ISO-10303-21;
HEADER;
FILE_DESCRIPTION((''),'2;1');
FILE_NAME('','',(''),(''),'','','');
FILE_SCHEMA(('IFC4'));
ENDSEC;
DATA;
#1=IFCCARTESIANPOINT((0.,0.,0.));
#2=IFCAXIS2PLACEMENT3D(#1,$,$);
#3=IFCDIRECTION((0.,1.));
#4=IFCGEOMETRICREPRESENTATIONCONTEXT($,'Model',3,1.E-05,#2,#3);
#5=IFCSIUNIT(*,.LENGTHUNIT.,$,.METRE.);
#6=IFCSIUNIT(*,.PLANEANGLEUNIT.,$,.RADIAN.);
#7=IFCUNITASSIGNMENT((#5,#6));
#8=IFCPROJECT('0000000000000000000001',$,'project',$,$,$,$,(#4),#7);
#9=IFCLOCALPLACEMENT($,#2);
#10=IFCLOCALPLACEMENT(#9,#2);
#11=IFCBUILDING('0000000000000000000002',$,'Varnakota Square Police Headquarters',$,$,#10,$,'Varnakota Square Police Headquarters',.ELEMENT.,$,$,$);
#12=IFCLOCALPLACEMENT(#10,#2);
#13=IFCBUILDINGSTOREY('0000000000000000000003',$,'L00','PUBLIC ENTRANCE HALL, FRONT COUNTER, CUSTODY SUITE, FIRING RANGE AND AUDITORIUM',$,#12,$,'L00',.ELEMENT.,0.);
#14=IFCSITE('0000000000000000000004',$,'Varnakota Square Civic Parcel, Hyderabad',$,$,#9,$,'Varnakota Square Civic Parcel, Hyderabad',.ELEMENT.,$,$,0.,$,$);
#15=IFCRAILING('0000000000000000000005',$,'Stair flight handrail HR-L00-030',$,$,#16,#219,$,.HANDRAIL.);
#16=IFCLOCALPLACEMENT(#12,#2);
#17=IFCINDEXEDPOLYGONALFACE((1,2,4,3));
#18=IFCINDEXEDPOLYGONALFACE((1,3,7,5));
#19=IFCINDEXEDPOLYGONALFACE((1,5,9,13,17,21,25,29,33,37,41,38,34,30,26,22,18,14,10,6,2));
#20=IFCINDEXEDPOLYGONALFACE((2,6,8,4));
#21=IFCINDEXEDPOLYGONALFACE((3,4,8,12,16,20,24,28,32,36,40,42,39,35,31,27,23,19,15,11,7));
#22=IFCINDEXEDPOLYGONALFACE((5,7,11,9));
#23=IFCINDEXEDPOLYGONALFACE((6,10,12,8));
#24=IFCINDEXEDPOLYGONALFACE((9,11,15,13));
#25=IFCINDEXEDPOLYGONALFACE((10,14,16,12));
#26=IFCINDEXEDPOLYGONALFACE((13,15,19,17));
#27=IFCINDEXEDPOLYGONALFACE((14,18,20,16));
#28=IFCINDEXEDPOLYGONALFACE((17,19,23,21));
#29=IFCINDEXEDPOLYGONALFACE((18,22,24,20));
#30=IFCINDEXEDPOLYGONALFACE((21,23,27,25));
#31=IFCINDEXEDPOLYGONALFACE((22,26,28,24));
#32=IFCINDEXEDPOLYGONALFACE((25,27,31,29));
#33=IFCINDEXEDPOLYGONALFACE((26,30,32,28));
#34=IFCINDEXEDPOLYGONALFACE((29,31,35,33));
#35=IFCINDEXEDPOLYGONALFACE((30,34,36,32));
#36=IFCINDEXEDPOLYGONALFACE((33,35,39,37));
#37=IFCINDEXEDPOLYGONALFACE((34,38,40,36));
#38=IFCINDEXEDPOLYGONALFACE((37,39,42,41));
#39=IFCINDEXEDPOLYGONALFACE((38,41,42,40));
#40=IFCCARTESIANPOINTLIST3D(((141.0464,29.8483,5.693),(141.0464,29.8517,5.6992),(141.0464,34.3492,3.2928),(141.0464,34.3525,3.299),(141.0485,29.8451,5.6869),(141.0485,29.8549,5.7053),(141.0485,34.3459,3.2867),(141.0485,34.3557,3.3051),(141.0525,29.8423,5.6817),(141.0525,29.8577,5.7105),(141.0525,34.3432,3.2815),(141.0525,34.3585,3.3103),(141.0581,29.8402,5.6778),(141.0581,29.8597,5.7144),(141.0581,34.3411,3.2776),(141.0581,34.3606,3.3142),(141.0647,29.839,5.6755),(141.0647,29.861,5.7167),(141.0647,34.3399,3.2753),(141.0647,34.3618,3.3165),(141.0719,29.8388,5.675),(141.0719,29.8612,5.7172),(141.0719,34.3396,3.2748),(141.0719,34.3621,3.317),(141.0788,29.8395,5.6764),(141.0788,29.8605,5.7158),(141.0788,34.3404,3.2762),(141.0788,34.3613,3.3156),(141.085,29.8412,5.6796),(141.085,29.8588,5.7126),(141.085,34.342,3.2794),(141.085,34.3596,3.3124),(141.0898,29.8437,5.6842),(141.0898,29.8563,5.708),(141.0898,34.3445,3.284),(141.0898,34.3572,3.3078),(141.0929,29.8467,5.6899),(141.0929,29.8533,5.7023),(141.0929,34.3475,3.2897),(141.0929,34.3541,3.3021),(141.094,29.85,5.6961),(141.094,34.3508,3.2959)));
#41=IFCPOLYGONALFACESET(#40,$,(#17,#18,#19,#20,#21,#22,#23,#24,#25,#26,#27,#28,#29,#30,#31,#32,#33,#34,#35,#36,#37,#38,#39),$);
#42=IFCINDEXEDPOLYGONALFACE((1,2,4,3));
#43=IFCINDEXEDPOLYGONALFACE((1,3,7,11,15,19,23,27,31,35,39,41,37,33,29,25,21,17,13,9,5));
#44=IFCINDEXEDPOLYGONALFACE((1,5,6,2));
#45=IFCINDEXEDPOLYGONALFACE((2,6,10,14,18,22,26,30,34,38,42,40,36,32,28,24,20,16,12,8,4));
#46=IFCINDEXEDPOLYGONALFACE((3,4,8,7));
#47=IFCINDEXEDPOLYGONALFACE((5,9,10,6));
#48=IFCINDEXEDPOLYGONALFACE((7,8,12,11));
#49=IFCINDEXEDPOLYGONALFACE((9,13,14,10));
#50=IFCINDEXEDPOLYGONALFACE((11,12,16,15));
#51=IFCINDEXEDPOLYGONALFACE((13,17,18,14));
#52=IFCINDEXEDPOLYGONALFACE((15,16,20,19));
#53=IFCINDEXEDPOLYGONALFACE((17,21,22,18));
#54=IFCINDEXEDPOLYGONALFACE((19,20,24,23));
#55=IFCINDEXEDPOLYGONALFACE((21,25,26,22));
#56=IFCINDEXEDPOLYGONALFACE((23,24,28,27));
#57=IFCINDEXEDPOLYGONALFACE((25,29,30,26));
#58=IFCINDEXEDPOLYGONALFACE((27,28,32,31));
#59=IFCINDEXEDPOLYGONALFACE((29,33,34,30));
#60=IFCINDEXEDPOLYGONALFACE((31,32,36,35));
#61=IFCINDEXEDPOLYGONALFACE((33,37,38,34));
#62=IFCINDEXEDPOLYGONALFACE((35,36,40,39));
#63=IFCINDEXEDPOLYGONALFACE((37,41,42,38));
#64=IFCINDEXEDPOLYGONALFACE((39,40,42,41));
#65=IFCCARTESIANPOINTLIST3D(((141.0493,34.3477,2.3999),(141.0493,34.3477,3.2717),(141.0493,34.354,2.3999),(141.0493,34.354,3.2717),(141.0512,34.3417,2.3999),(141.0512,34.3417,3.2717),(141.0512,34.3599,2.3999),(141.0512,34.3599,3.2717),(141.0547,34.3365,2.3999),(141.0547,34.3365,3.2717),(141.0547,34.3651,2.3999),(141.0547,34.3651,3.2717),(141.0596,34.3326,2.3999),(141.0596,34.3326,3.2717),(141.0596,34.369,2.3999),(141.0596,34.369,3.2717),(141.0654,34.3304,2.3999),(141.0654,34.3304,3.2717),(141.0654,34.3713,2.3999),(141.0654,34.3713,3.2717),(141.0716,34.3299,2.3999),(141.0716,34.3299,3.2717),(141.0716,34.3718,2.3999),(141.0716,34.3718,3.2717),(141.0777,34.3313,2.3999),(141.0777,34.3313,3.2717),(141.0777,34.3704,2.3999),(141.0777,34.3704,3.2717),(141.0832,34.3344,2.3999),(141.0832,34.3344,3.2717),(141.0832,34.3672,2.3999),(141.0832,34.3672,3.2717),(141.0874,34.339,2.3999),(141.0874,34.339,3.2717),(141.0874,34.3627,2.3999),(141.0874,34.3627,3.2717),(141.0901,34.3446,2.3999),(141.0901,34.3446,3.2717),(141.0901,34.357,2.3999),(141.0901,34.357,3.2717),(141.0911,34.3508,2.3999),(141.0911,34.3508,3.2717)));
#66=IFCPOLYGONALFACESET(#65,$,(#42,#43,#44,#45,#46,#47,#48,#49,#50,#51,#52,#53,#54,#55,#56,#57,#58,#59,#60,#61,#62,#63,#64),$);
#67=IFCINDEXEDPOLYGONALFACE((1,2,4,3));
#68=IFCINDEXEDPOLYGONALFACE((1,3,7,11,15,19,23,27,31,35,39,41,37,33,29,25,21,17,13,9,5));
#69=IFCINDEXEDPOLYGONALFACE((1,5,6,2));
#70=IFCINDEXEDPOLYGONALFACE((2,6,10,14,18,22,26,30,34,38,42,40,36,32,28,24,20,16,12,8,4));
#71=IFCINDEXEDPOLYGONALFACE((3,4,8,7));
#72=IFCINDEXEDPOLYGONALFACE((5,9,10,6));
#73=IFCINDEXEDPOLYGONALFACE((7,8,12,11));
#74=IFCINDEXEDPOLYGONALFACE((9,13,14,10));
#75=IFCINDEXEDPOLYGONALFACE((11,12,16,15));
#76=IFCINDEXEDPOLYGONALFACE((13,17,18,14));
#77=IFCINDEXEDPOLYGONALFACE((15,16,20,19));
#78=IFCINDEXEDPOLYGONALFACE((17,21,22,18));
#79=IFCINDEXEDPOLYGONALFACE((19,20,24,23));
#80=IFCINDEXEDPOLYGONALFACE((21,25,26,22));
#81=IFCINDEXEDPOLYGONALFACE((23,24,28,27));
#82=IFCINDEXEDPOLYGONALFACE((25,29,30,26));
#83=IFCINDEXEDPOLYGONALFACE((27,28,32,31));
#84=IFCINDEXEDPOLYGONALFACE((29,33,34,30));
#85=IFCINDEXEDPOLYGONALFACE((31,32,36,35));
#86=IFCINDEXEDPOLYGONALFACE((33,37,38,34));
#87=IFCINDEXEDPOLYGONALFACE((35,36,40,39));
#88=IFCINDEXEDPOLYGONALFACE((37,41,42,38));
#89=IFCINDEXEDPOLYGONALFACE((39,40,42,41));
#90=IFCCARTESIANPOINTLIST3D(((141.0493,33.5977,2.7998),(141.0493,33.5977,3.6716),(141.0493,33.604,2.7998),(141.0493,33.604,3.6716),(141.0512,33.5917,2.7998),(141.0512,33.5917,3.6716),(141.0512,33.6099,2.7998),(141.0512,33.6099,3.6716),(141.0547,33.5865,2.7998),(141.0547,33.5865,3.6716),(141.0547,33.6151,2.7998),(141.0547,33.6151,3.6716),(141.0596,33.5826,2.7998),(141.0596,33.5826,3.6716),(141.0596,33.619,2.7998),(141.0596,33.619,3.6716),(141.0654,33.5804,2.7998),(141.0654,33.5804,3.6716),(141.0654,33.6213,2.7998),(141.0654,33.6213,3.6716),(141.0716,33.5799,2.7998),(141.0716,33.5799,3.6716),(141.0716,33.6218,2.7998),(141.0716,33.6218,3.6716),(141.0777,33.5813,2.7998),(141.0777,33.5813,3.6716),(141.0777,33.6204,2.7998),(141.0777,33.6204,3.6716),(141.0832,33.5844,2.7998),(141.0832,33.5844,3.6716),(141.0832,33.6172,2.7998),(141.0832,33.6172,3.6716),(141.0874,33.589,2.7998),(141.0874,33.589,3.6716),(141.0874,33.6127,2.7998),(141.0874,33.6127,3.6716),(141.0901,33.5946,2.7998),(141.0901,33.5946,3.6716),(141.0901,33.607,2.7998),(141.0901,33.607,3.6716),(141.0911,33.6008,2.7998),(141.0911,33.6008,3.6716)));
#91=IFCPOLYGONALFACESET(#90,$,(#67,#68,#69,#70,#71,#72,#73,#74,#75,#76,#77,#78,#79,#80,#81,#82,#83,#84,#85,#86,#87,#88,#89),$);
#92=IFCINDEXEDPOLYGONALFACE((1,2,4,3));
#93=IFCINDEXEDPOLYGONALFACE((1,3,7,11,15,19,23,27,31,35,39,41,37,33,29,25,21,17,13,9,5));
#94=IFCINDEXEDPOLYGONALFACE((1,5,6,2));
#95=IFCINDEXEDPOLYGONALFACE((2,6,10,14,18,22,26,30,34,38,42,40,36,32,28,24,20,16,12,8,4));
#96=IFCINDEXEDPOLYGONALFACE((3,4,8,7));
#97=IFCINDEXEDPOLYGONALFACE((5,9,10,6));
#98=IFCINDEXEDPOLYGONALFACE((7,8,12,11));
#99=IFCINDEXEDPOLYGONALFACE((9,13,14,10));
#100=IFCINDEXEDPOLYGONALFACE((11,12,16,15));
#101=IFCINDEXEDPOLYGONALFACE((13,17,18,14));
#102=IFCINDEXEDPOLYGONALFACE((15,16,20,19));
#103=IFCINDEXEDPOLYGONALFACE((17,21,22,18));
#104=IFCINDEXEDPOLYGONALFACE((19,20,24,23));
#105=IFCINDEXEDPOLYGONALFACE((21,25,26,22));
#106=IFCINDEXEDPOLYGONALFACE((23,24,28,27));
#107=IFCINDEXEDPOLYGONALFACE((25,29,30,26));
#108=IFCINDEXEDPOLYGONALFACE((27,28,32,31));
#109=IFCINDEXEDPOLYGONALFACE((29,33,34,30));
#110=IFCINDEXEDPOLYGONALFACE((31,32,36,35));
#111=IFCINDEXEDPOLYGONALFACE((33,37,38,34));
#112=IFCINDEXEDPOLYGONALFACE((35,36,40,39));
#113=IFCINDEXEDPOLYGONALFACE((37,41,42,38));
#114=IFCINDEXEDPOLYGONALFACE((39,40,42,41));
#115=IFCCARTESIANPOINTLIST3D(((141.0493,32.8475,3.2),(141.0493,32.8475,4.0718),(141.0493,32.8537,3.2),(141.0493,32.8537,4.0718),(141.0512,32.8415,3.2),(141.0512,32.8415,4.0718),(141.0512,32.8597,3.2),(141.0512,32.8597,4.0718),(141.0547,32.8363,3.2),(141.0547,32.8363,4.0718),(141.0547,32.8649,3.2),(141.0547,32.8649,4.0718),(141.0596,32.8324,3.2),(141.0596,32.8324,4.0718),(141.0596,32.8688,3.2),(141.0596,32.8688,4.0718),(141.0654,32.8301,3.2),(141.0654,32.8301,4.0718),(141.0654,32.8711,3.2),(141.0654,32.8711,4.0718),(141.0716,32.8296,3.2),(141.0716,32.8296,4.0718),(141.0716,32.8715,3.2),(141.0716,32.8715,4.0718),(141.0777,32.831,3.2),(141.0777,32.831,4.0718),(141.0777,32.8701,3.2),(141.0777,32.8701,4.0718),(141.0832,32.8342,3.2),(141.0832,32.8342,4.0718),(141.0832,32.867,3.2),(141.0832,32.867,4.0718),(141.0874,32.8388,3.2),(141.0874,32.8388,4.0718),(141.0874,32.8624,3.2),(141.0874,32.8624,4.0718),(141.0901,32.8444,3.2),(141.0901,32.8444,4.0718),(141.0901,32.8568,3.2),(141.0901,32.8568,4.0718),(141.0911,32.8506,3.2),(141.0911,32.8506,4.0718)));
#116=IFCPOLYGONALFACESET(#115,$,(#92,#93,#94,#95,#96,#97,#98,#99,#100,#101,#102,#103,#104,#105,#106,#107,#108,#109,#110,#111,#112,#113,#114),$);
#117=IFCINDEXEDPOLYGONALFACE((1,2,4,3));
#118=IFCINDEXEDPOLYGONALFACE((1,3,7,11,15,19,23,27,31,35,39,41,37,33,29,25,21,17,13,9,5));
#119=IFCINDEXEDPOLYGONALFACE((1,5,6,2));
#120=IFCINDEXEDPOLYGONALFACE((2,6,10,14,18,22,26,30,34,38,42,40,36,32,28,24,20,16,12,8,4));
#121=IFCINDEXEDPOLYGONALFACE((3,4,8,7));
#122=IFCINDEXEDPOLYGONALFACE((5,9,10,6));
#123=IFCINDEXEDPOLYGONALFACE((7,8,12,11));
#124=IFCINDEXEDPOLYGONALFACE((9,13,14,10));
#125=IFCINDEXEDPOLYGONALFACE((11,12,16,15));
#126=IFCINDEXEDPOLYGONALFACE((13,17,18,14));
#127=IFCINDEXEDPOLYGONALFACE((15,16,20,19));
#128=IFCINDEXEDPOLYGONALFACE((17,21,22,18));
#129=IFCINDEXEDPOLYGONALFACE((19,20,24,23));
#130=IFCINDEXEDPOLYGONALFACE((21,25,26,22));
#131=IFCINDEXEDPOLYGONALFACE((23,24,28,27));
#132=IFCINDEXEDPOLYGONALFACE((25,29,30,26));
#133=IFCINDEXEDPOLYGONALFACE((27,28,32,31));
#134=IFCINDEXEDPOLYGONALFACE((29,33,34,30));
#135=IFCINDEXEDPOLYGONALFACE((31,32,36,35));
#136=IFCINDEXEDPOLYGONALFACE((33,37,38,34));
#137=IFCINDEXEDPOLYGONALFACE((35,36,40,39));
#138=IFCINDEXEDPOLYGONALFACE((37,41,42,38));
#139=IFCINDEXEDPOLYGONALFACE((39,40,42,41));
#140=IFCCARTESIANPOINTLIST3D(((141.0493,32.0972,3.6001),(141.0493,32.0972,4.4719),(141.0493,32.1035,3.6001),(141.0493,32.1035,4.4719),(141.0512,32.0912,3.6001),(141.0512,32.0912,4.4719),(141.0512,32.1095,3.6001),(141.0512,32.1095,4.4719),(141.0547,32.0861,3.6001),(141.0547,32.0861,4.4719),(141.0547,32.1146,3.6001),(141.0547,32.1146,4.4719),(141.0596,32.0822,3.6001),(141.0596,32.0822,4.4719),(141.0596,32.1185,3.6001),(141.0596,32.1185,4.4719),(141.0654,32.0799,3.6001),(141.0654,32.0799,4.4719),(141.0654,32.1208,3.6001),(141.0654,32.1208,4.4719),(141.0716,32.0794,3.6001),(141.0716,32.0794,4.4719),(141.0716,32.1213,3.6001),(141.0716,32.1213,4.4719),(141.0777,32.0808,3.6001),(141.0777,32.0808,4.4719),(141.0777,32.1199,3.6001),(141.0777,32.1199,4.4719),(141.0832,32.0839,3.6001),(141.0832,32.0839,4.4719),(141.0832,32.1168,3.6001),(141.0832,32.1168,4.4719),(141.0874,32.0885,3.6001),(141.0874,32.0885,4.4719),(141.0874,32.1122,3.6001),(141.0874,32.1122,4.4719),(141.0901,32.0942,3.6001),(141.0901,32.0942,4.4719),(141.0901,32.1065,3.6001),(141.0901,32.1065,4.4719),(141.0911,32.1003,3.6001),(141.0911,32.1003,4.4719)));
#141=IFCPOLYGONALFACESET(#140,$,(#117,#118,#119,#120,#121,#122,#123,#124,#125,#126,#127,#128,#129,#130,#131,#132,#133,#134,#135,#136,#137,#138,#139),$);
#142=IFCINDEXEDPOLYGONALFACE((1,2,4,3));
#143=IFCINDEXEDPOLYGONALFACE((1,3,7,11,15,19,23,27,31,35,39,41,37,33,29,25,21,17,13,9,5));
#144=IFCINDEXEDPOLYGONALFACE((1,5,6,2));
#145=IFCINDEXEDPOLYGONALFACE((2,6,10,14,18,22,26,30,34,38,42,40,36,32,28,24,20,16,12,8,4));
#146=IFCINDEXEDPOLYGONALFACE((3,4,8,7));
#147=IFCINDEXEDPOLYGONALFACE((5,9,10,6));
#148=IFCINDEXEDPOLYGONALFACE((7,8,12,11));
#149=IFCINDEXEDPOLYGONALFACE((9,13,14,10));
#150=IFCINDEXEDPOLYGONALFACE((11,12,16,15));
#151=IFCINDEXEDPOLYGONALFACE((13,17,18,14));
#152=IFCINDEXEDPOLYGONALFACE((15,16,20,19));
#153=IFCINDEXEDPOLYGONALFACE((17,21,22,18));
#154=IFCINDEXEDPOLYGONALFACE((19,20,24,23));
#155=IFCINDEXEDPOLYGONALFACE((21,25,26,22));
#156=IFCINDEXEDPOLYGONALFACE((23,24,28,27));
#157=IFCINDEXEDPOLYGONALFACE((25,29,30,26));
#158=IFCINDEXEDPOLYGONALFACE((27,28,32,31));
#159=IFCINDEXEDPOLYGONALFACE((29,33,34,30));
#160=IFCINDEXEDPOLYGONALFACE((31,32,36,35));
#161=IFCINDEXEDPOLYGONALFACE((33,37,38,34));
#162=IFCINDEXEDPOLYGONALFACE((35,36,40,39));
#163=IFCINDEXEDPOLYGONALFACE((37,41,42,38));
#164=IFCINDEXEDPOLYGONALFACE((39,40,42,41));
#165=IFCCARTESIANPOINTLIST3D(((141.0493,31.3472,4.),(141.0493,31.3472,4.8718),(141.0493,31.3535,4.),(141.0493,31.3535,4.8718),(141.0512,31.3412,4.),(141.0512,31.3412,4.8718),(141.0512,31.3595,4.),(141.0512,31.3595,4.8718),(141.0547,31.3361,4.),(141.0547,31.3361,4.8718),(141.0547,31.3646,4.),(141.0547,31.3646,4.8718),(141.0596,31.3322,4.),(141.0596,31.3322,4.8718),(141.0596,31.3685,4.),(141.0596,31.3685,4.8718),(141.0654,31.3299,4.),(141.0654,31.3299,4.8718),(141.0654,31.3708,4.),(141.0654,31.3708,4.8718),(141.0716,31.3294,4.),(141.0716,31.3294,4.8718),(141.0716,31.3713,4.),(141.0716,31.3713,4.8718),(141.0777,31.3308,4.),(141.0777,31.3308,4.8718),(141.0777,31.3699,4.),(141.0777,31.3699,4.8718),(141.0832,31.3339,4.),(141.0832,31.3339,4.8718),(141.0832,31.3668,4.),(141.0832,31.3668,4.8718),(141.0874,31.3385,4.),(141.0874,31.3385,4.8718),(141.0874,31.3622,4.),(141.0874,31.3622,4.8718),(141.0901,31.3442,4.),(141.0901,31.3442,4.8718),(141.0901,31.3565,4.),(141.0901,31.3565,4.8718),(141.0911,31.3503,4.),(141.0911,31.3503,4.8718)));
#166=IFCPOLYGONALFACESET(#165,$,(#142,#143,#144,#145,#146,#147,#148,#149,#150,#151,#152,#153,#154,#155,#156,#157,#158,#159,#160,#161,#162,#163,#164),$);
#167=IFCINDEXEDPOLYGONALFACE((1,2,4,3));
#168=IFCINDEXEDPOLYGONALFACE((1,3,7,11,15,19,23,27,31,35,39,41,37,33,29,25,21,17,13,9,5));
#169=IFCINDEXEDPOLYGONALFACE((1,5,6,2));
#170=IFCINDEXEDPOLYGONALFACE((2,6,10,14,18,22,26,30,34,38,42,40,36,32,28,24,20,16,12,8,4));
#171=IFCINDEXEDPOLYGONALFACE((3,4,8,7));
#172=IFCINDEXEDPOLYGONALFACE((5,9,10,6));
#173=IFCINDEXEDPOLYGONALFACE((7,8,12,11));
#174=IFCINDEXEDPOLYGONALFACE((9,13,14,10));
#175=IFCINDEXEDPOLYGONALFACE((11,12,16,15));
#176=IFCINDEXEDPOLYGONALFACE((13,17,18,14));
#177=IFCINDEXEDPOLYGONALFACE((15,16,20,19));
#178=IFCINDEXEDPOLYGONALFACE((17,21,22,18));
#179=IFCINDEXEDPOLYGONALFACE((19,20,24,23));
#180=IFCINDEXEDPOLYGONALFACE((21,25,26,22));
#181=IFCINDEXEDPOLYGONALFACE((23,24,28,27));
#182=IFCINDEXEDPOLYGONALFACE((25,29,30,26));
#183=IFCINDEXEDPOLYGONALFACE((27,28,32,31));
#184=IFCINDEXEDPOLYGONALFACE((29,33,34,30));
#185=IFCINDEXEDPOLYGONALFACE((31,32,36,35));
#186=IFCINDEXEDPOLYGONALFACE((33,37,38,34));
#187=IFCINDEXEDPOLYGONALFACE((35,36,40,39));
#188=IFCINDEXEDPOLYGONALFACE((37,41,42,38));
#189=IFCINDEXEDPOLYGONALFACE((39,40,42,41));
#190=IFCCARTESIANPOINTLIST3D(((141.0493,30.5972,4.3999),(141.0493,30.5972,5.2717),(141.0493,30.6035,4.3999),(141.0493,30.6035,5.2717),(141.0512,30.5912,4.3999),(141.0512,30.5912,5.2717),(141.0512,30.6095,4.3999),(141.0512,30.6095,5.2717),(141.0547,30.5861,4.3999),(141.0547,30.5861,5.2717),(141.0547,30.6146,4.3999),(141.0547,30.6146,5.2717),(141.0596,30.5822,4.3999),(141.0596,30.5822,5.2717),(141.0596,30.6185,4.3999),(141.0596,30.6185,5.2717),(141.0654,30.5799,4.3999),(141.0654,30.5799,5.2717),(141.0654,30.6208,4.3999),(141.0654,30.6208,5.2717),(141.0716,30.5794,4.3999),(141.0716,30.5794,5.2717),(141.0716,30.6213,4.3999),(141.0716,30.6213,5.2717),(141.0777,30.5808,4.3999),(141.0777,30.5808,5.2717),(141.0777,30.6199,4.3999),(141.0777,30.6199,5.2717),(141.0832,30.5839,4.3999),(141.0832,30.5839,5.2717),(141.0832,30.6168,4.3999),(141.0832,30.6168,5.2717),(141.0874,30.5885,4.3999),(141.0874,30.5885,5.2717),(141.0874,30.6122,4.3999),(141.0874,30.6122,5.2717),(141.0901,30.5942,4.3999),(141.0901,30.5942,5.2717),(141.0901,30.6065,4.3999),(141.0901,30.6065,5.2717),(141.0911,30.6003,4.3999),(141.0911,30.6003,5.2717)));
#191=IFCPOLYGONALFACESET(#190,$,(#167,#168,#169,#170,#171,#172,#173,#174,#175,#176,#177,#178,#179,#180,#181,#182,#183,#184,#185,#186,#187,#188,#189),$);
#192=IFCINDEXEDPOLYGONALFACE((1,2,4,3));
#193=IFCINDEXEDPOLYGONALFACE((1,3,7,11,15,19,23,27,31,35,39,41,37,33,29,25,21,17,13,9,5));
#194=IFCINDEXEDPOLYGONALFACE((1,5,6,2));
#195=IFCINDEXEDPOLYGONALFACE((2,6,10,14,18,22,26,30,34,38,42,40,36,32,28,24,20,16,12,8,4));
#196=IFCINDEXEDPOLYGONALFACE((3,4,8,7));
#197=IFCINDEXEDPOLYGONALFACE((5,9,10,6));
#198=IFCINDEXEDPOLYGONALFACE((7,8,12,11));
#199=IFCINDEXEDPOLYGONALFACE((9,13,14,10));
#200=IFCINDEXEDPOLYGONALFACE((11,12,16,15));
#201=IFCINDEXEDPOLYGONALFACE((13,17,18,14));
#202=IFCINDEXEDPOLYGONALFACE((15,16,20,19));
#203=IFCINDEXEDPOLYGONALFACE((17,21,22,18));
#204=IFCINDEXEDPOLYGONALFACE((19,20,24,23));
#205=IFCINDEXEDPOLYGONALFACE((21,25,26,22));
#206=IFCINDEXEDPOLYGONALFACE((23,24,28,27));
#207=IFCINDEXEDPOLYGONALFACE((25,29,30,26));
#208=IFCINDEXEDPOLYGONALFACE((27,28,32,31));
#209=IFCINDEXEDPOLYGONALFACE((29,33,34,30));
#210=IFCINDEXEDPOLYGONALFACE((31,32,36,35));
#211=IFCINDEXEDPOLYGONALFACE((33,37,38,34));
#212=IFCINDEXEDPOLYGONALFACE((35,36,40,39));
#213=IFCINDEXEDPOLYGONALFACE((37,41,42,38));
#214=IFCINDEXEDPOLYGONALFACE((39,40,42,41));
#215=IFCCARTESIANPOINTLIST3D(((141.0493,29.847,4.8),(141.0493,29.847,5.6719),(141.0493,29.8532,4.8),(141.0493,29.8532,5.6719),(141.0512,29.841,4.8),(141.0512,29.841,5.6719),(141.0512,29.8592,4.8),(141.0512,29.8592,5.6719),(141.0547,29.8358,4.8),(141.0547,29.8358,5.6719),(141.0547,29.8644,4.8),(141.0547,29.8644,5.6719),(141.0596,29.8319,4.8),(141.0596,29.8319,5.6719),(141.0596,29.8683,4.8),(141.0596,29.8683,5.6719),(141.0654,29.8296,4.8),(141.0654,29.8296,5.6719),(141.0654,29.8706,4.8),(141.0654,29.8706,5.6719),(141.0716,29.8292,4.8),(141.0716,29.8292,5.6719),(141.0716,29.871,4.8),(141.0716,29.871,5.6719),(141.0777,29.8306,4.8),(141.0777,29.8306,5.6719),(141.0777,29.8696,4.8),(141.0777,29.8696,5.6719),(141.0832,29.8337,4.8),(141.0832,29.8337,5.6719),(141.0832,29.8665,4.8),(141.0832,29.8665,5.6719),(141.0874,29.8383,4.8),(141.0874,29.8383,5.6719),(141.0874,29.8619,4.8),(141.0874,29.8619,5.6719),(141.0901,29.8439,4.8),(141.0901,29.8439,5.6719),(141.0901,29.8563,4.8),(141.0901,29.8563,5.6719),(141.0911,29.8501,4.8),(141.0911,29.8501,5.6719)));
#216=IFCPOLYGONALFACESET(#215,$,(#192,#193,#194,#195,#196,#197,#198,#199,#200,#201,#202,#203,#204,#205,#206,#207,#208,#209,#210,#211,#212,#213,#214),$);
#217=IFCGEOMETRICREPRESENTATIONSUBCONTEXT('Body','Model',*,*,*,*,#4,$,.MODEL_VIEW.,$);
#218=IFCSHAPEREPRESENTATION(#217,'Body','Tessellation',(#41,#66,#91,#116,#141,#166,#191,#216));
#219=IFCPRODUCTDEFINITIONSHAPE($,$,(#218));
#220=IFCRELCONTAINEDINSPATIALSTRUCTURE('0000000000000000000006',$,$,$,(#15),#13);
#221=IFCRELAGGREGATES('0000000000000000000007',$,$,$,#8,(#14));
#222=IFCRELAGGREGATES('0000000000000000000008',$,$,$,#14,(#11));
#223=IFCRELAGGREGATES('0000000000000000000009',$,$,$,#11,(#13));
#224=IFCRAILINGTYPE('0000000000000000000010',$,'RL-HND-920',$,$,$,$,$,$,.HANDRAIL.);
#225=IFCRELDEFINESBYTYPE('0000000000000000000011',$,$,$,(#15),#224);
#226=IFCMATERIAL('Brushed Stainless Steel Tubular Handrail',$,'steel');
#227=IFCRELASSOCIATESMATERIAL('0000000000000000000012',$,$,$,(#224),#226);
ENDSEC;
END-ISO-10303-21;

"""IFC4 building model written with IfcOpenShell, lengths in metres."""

from ifc_helpers import new_model, si_unit, direction, frame, origin, origin_2d, place, context, subcontext, project, spatial, circle, extrude, material, type_object, element, save


model = new_model("IFC4")

# Units and contexts
model_context = context("Model", 3, precision=1e-05, world=origin(), true_north=direction((0.0, 1.0)))
body_context = subcontext(model_context, "Body", "Model", "MODEL_VIEW")
ifc_project = project(units=[si_unit("LENGTHUNIT", "METRE"), si_unit("PLANEANGLEUNIT", "RADIAN")], contexts=[model_context])

# Site, building, storey
site_placement = place(None, origin())
site = spatial("IfcSite", under=ifc_project, at=site_placement, Name="Varnakota Square Civic Parcel, Hyderabad", LongName="Varnakota Square Civic Parcel, Hyderabad", CompositionType="ELEMENT", RefElevation=0.0)
building_placement = place(site_placement, origin())
building = spatial("IfcBuilding", under=site, at=building_placement, Name="Varnakota Square Police Headquarters", LongName="Varnakota Square Police Headquarters", CompositionType="ELEMENT")
storey_placement = place(building_placement, origin())
storey = spatial("IfcBuildingStorey", under=building, at=storey_placement, Name="L00", Description="PUBLIC ENTRANCE HALL, FRONT COUNTER, CUSTODY SUITE, FIRING RANGE AND AUDITORIUM", LongName="L00", CompositionType="ELEMENT", Elevation=0.0)

# Railing
ifc_material_1 = material(Name="Brushed Stainless Steel Tubular Handrail", Category="steel")
railing_type_1 = type_object("IfcRailingType", Name="RL-HND-920", PredefinedType="HANDRAIL", material=ifc_material_1)
railing_1_placement = place(storey_placement, frame((141.0701, 34.3508, 2.3999)))
element("IfcRailing", 1, at=railing_1_placement, inside=storey, type_object=railing_type_1, Name="Stair flight handrail HR-L00-030", PredefinedType="HANDRAIL", context=body_context, shape_type="SweptSolid", body=[
    extrude(circle(Radius=0.0239, at=origin_2d()), frame((0.0, 0.0, 0.896), z_axis=(0.0, -0.882373, 0.470551), x_axis=(1.0, 0.0, 0.0)), (0.0, 0.0, 1.0), 5.1008),
    extrude(circle(Radius=0.021, at=origin_2d()), origin(), (0.0, 0.0, 1.0), 0.8718),
    extrude(circle(Radius=0.021, at=origin_2d()), frame((0.0, -0.75, 0.3999)), (0.0, 0.0, 1.0), 0.8718),
    extrude(circle(Radius=0.021, at=origin_2d()), frame((0.0, -1.5002, 0.8)), (0.0, 0.0, 1.0), 0.8718),
    extrude(circle(Radius=0.021, at=origin_2d()), frame((0.0, -2.2505, 1.2002)), (0.0, 0.0, 1.0), 0.8718),
    extrude(circle(Radius=0.021, at=origin_2d()), frame((0.0, -3.0005, 1.6001)), (0.0, 0.0, 1.0), 0.8718),
    extrude(circle(Radius=0.021, at=origin_2d()), frame((0.0, -3.7505, 2.0)), (0.0, 0.0, 1.0), 0.8718),
    extrude(circle(Radius=0.021, at=origin_2d()), frame((0.0, -4.5007, 2.4001)), (0.0, 0.0, 1.0), 0.8718),
])

save(model, "model.ifc")
